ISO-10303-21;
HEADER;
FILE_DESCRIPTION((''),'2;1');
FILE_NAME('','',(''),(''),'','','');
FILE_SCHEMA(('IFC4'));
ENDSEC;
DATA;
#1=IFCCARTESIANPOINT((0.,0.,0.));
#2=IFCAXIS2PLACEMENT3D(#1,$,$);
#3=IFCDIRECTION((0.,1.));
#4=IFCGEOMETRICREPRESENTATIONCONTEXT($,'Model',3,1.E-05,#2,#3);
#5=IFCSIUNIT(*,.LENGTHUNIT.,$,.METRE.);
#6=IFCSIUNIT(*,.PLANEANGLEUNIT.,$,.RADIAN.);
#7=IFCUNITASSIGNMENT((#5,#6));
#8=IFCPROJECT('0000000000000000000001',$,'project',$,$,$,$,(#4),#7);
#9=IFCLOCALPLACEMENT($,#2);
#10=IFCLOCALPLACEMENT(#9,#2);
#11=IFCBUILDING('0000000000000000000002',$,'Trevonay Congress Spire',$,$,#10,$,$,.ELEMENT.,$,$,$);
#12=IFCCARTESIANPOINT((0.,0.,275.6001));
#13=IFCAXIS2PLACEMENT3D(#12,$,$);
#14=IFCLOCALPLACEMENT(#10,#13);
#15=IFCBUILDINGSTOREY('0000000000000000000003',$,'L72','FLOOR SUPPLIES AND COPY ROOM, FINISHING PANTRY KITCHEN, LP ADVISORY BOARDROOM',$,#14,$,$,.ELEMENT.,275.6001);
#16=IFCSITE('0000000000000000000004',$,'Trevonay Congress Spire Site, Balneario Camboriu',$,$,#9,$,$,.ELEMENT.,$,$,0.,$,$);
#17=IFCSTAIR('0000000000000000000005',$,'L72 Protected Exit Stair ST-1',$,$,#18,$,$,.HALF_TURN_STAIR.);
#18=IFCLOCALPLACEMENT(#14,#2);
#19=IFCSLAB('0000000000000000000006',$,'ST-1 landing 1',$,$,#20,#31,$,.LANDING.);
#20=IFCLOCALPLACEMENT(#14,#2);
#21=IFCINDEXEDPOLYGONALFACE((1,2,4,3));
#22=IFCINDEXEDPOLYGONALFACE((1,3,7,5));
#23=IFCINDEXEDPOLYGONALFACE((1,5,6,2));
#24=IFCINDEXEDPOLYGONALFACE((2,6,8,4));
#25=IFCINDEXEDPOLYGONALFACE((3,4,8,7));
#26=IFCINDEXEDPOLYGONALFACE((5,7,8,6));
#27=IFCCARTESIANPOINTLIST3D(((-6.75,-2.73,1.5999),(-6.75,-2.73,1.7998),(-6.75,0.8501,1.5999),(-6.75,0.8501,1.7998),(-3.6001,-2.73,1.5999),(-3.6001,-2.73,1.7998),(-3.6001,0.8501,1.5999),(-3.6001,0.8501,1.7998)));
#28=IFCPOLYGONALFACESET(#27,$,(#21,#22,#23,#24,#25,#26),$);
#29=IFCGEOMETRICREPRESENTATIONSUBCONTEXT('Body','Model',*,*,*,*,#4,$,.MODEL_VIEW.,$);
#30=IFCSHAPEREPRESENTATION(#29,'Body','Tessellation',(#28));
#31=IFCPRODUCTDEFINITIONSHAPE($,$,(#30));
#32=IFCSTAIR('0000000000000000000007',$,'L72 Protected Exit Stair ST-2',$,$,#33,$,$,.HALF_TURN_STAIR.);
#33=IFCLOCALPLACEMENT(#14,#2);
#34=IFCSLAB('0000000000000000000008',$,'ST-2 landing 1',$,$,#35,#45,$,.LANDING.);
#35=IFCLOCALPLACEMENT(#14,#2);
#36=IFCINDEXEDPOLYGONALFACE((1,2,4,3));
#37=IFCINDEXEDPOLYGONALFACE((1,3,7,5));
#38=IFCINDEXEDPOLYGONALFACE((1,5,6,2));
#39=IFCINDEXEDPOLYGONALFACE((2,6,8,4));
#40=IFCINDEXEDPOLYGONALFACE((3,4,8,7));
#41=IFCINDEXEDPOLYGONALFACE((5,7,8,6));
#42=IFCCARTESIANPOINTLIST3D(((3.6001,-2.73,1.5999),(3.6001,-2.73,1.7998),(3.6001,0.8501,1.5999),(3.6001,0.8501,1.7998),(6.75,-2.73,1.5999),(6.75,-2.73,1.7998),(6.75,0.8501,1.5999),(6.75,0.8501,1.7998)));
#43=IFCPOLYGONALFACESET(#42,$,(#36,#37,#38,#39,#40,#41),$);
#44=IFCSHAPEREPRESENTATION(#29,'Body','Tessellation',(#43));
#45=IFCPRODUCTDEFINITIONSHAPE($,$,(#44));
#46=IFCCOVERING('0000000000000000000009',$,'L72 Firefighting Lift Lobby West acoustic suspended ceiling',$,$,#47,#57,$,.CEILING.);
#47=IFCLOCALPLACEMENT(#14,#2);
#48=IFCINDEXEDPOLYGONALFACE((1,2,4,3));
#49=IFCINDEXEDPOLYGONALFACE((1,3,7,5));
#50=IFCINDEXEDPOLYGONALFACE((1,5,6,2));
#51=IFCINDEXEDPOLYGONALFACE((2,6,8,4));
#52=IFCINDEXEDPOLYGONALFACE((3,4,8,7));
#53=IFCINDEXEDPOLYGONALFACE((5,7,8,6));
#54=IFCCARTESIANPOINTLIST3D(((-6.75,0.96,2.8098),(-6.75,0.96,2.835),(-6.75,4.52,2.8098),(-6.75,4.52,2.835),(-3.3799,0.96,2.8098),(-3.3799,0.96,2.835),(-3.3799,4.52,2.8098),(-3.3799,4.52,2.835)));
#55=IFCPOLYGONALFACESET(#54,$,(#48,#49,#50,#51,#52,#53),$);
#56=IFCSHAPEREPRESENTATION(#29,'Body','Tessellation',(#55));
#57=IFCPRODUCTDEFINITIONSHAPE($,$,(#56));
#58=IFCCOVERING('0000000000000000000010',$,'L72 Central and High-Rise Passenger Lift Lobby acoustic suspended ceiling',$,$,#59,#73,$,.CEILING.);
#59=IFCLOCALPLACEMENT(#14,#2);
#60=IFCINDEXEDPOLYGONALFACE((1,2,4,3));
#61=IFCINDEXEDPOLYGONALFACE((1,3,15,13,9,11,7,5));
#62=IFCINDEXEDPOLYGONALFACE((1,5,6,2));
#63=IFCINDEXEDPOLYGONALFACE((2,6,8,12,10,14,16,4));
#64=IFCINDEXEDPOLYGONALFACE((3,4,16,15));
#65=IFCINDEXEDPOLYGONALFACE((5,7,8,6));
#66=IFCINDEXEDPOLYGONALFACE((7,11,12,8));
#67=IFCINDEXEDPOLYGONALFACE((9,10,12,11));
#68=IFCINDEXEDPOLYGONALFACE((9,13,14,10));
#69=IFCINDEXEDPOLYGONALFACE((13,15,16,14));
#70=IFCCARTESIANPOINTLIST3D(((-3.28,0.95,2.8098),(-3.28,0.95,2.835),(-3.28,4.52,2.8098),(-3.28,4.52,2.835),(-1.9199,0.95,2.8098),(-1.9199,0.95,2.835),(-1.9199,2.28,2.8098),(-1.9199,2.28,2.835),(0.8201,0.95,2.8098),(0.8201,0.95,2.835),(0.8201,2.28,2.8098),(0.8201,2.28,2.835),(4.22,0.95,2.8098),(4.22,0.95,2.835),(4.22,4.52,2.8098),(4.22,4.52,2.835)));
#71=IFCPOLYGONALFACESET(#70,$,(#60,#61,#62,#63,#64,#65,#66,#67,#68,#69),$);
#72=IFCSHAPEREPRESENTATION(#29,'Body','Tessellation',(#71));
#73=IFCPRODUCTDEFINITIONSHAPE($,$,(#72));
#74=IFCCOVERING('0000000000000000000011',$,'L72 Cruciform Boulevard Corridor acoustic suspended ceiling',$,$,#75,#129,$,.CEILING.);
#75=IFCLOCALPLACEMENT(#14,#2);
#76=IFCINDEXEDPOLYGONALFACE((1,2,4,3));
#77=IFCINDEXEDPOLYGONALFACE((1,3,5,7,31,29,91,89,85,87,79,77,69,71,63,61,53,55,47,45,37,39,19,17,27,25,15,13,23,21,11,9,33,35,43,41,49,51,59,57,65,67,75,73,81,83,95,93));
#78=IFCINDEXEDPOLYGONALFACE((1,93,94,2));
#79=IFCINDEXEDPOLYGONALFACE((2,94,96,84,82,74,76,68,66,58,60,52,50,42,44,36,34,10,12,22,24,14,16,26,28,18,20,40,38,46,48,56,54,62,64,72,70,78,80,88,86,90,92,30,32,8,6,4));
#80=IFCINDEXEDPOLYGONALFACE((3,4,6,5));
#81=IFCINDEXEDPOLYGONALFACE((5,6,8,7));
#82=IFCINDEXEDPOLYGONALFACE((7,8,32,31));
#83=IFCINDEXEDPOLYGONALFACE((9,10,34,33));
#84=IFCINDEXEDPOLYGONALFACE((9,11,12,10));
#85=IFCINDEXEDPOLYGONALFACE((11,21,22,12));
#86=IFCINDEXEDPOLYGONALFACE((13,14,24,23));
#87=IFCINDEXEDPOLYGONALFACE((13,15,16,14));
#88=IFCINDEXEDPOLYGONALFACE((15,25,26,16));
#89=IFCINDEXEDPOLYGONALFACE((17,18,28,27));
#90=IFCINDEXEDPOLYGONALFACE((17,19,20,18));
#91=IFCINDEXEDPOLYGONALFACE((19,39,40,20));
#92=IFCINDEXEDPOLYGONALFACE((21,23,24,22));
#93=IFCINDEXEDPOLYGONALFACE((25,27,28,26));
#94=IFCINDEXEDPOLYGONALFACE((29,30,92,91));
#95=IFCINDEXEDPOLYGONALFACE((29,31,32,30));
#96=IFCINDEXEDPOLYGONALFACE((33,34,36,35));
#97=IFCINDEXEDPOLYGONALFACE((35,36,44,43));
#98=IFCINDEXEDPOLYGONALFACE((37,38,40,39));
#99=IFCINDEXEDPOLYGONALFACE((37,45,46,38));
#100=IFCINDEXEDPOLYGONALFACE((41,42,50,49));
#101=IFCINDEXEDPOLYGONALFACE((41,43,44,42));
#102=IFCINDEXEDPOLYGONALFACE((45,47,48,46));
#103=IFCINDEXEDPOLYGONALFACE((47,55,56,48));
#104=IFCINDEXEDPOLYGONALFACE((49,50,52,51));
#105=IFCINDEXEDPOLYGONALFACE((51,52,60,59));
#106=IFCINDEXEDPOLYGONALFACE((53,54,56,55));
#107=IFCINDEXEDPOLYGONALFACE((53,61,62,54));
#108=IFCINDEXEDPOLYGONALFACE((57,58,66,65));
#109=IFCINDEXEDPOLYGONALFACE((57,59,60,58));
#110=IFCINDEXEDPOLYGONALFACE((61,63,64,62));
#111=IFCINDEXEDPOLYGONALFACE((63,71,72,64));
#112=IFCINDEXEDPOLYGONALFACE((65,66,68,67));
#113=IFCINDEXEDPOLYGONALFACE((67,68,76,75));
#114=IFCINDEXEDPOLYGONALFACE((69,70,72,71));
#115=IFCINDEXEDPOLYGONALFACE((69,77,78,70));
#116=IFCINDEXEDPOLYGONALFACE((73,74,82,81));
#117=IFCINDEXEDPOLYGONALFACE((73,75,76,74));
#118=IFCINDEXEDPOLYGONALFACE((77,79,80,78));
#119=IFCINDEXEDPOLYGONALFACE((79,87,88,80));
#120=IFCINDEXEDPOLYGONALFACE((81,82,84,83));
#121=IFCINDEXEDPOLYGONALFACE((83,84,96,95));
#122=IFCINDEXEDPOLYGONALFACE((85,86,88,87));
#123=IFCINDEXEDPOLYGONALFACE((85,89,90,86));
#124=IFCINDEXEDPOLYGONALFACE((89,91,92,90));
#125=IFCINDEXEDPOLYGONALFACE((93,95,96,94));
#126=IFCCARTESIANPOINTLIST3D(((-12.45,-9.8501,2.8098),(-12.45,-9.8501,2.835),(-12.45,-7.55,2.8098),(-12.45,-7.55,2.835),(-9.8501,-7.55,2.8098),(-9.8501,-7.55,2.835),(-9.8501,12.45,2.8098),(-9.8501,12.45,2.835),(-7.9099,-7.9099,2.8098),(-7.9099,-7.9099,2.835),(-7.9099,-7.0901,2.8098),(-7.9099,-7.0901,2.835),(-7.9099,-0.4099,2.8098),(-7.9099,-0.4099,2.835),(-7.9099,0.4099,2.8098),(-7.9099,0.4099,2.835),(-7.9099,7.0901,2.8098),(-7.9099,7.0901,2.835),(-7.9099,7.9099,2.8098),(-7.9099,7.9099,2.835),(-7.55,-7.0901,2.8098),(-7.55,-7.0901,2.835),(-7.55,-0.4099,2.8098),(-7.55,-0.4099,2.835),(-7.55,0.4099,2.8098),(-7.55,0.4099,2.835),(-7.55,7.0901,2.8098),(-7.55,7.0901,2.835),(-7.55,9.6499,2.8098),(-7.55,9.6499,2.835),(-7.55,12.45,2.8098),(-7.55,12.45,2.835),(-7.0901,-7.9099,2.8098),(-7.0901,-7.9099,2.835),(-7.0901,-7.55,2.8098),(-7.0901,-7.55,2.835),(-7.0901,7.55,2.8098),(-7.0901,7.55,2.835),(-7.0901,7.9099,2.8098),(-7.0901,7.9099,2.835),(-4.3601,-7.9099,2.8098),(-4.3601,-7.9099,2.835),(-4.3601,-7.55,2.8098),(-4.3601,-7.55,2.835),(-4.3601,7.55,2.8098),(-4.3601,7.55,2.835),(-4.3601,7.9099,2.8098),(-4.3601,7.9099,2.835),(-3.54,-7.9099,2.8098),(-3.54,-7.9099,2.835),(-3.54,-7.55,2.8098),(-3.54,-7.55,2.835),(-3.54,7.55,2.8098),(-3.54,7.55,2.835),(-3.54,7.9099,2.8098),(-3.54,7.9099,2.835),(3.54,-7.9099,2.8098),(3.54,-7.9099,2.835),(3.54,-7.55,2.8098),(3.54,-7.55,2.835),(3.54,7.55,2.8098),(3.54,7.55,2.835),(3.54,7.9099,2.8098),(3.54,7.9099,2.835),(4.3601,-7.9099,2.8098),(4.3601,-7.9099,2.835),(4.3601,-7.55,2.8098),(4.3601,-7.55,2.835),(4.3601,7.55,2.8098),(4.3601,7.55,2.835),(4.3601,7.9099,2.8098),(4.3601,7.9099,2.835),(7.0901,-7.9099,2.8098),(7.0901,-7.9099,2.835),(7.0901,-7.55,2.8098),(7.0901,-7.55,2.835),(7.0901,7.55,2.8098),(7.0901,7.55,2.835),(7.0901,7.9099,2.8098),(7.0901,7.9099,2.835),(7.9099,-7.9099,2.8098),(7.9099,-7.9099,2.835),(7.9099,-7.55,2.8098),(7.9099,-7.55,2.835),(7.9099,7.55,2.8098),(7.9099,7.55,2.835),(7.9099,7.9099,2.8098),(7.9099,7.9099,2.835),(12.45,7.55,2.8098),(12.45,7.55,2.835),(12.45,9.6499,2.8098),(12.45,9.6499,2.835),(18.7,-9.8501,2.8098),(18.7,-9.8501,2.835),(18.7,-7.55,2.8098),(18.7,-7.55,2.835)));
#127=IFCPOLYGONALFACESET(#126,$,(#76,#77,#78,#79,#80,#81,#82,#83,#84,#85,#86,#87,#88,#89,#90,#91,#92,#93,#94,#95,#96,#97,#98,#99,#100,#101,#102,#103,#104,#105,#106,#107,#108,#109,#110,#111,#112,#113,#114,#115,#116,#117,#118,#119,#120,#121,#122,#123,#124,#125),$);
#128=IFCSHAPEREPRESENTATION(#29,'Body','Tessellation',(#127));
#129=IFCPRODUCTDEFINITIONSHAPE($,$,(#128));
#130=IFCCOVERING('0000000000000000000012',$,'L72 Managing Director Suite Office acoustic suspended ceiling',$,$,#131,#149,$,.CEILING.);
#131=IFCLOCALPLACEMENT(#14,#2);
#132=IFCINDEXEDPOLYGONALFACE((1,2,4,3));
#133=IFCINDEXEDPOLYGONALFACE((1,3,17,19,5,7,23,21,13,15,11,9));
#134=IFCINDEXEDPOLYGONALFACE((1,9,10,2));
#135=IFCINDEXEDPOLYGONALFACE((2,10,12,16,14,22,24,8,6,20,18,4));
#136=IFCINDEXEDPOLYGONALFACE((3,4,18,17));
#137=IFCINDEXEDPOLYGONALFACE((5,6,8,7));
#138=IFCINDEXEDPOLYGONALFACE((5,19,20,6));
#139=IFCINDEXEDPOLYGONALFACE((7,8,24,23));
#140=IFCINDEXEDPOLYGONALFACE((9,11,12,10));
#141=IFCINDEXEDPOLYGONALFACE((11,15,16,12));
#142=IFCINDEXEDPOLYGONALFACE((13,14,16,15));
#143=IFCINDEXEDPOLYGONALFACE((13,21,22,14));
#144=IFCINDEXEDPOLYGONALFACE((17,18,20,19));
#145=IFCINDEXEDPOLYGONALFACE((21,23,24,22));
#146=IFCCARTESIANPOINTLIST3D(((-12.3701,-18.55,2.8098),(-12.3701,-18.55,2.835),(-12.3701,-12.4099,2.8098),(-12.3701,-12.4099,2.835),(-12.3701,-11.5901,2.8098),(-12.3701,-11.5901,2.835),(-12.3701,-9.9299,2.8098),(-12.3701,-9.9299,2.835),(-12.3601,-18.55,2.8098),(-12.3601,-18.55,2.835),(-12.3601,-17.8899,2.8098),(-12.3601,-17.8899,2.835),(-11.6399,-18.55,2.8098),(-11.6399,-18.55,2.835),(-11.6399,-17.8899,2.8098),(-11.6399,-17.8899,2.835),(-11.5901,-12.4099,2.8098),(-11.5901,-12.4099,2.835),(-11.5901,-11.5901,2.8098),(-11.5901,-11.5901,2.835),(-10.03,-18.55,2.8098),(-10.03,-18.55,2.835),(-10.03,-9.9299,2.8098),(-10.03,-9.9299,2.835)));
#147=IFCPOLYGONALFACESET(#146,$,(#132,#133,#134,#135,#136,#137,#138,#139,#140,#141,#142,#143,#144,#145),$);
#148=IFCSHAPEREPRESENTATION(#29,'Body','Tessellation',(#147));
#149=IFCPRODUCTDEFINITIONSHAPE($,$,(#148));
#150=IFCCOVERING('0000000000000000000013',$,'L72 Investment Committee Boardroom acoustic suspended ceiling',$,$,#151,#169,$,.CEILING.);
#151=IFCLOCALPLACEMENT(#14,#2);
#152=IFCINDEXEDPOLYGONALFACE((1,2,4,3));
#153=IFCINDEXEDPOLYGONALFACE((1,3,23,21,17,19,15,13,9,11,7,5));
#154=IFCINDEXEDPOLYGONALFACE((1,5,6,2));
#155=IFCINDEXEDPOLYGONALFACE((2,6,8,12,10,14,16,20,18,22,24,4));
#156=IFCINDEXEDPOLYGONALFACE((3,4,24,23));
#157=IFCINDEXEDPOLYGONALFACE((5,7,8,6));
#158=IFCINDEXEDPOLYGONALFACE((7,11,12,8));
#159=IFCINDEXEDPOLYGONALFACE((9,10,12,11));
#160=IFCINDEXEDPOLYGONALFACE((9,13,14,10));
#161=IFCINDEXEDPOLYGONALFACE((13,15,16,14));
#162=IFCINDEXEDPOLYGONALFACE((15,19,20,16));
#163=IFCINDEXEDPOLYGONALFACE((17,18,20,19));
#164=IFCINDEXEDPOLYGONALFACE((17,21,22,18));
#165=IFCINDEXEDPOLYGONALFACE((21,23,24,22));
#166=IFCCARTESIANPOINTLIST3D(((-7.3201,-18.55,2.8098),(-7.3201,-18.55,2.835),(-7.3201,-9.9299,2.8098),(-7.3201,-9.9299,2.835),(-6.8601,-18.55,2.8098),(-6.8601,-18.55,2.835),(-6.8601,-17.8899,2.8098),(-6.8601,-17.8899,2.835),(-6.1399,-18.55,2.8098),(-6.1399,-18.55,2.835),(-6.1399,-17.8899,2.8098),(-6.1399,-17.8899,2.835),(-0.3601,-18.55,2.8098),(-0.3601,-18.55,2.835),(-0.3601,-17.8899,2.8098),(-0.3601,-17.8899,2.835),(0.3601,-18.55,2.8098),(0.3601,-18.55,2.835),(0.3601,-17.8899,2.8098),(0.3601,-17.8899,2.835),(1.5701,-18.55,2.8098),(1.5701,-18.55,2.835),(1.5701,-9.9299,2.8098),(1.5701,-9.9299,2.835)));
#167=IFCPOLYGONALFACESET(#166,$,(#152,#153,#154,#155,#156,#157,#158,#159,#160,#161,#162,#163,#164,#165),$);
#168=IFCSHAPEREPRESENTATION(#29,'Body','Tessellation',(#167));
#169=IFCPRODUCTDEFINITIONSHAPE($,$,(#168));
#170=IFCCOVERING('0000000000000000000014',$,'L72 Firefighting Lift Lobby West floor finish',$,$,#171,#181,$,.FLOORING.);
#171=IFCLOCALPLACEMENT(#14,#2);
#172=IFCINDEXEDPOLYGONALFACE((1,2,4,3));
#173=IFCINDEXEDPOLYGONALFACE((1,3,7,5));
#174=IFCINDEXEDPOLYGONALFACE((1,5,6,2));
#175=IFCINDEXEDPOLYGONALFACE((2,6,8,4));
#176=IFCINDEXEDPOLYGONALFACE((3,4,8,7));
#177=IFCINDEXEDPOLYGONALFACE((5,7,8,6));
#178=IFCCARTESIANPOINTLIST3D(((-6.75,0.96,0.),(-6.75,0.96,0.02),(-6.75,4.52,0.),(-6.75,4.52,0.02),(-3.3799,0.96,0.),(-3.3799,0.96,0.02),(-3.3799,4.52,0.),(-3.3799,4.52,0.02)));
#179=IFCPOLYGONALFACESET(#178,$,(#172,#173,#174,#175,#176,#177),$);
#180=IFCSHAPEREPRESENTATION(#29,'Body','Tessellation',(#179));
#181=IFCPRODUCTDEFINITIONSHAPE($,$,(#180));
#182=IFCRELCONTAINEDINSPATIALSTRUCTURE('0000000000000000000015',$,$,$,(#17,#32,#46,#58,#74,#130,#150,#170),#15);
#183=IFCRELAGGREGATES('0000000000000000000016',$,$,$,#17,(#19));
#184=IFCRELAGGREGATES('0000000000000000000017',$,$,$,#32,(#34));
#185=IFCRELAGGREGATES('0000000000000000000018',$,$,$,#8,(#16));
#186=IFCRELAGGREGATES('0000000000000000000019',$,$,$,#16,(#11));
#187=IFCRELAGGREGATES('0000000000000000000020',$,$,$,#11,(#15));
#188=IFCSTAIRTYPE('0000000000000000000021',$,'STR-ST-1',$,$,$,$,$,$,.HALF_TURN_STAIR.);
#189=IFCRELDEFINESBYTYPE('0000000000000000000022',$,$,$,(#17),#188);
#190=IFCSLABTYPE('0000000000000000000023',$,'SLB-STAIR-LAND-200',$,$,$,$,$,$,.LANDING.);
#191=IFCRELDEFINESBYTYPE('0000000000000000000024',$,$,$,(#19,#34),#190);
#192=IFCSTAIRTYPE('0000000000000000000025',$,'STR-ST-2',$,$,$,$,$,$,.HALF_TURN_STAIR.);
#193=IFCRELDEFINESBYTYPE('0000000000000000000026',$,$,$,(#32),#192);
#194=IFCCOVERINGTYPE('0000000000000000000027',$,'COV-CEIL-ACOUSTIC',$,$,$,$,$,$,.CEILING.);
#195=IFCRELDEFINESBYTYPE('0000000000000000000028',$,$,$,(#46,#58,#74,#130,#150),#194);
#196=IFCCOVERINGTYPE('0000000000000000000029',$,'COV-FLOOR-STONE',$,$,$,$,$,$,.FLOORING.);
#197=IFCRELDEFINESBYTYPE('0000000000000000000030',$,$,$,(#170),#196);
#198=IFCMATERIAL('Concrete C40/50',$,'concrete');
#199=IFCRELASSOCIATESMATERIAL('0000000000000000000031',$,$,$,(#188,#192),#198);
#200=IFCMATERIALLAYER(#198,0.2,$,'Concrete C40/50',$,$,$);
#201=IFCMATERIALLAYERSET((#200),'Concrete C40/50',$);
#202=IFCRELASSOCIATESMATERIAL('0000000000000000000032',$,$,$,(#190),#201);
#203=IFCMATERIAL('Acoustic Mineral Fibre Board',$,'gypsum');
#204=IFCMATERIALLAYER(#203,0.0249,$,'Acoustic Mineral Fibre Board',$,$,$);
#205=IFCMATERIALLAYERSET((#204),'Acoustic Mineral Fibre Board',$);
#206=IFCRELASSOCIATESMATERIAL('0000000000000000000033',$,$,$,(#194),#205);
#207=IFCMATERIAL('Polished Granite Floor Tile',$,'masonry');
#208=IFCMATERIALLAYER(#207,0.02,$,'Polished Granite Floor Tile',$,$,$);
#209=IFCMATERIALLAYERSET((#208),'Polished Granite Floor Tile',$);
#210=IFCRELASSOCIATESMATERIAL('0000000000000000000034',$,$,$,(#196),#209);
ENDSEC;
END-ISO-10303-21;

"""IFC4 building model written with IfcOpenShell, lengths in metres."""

from ifc_helpers import new_model, si_unit, direction, frame, origin, place, context, subcontext, project, spatial, polyline, outline, extrude, material, layer, layer_set, type_object, element, aggregate, save


model = new_model("IFC4")

# Units and contexts
model_context = context("Model", 3, precision=1e-05, world=origin(), true_north=direction((0.0, 1.0)))
body_context = subcontext(model_context, "Body", "Model", "MODEL_VIEW")
ifc_project = project(units=[si_unit("LENGTHUNIT", "METRE"), si_unit("PLANEANGLEUNIT", "RADIAN")], contexts=[model_context])

# Site, building, storey
site_placement = place(None, origin())
site = spatial("IfcSite", under=ifc_project, at=site_placement, Name="Trevonay Congress Spire Site, Balneario Camboriu", CompositionType="ELEMENT", RefElevation=0.0)
building_placement = place(site_placement, origin())
building = spatial("IfcBuilding", under=site, at=building_placement, Name="Trevonay Congress Spire", CompositionType="ELEMENT")
storey_placement = place(building_placement, frame((0.0, 0.0, 275.6001)))
storey = spatial("IfcBuildingStorey", under=building, at=storey_placement, Name="L72", Description="FLOOR SUPPLIES AND COPY ROOM, FINISHING PANTRY KITCHEN, LP ADVISORY BOARDROOM", CompositionType="ELEMENT", Elevation=275.6001)

# Stairs, slabs
ifc_material_1 = material(Name="Concrete C40/50", Category="concrete")
stair_type_1 = type_object("IfcStairType", Name="STR-ST-1", PredefinedType="HALF_TURN_STAIR", material=ifc_material_1)
stair_1_placement = place(storey_placement, origin())
stair_1 = element("IfcStair", 1, at=stair_1_placement, inside=storey, type_object=stair_type_1, Name="L72 Protected Exit Stair ST-1", PredefinedType="HALF_TURN_STAIR")
ifc_layer_1 = layer(ifc_material_1, 0.2, Name="Concrete C40/50")
ifc_layer_set_1 = layer_set([ifc_layer_1], Name="Concrete C40/50")
slab_type = type_object("IfcSlabType", Name="SLB-STAIR-LAND-200", PredefinedType="LANDING", material=ifc_layer_set_1)
slab_1_placement = place(storey_placement, frame((0.0, 0.0, 1.5999)))
slab_1 = element("IfcSlab", 2, at=slab_1_placement, type_object=slab_type, Name="ST-1 landing 1", PredefinedType="LANDING", context=body_context, shape_type="SweptSolid", body=[
    extrude(outline(polyline([(-3.6001, -2.73), (-3.6001, 0.8501), (-6.75, 0.8501), (-6.75, -2.73), (-3.6001, -2.73)])), origin(), (0.0, 0.0, 1.0), 0.2),
])
aggregate(stair_1, [slab_1])
stair_type_2 = type_object("IfcStairType", Name="STR-ST-2", PredefinedType="HALF_TURN_STAIR", material=ifc_material_1)
stair_2_placement = place(storey_placement, origin())
stair_2 = element("IfcStair", 3, at=stair_2_placement, inside=storey, type_object=stair_type_2, Name="L72 Protected Exit Stair ST-2", PredefinedType="HALF_TURN_STAIR")
slab_2_placement = place(storey_placement, frame((0.0, 0.0, 1.5999)))
slab_2 = element("IfcSlab", 4, at=slab_2_placement, type_object=slab_type, Name="ST-2 landing 1", PredefinedType="LANDING", context=body_context, shape_type="SweptSolid", body=[
    extrude(outline(polyline([(6.75, -2.73), (6.75, 0.8501), (3.6001, 0.8501), (3.6001, -2.73), (6.75, -2.73)])), origin(), (0.0, 0.0, 1.0), 0.2),
])
aggregate(stair_2, [slab_2])

# Coverings
ifc_material_2 = material(Name="Acoustic Mineral Fibre Board", Category="gypsum")
ifc_layer_2 = layer(ifc_material_2, 0.0249, Name="Acoustic Mineral Fibre Board")
ifc_layer_set_2 = layer_set([ifc_layer_2], Name="Acoustic Mineral Fibre Board")
covering_type_1 = type_object("IfcCoveringType", Name="COV-CEIL-ACOUSTIC", PredefinedType="CEILING", material=ifc_layer_set_2)
covering_1_placement = place(storey_placement, frame((0.0, 0.0, 2.8098)))
element("IfcCovering", 5, at=covering_1_placement, inside=storey, type_object=covering_type_1, Name="L72 Firefighting Lift Lobby West acoustic suspended ceiling", PredefinedType="CEILING", context=body_context, shape_type="SweptSolid", body=[
    extrude(outline(polyline([(-6.75, 0.96), (-3.3799, 0.96), (-3.3799, 4.52), (-6.75, 4.52), (-6.75, 0.96)])), origin(), (0.0, 0.0, 1.0), 0.0251),
])
covering_2_placement = place(storey_placement, frame((0.0, 0.0, 2.8098)))
element("IfcCovering", 6, at=covering_2_placement, inside=storey, type_object=covering_type_1, Name="L72 Central and High-Rise Passenger Lift Lobby acoustic suspended ceiling", PredefinedType="CEILING", context=body_context, shape_type="SweptSolid", body=[
    extrude(outline(polyline([(-3.28, 0.95), (-1.9199, 0.95), (-1.9199, 2.28), (0.8201, 2.28), (0.8201, 0.95), (4.22, 0.95), (4.22, 4.52), (-3.28, 4.52), (-3.28, 0.95)])), origin(), (0.0, 0.0, 1.0), 0.0251),
])
covering_3_placement = place(storey_placement, frame((0.0, 0.0, 2.8098)))
element("IfcCovering", 7, at=covering_3_placement, inside=storey, type_object=covering_type_1, Name="L72 Cruciform Boulevard Corridor acoustic suspended ceiling", PredefinedType="CEILING", context=body_context, shape_type="SweptSolid", body=[
    extrude(outline(polyline([(18.7, -7.55), (18.7, -9.8501), (-12.45, -9.8501), (-12.45, -7.55), (-9.8501, -7.55), (-9.8501, 12.45), (-7.55, 12.45), (-7.55, 9.6499), (12.45, 9.6499), (12.45, 7.55), (7.9099, 7.55), (7.9099, 7.9099), (7.0901, 7.9099), (7.0901, 7.55), (4.3601, 7.55), (4.3601, 7.9099), (3.54, 7.9099), (3.54, 7.55), (-3.54, 7.55), (-3.54, 7.9099), (-4.3601, 7.9099), (-4.3601, 7.55), (-7.0901, 7.55), (-7.0901, 7.9099), (-7.9099, 7.9099), (-7.9099, 7.0901), (-7.55, 7.0901), (-7.55, 0.4099), (-7.9099, 0.4099), (-7.9099, -0.4099), (-7.55, -0.4099), (-7.55, -7.0901), (-7.9099, -7.0901), (-7.9099, -7.9099), (-7.0901, -7.9099), (-7.0901, -7.55), (-4.3601, -7.55), (-4.3601, -7.9099), (-3.54, -7.9099), (-3.54, -7.55), (3.54, -7.55), (3.54, -7.9099), (4.3601, -7.9099), (4.3601, -7.55), (7.0901, -7.55), (7.0901, -7.9099), (7.9099, -7.9099), (7.9099, -7.55), (18.7, -7.55)])), origin(), (0.0, 0.0, 1.0), 0.0251),
])
covering_4_placement = place(storey_placement, frame((0.0, 0.0, 2.8098)))
element("IfcCovering", 8, at=covering_4_placement, inside=storey, type_object=covering_type_1, Name="L72 Managing Director Suite Office acoustic suspended ceiling", PredefinedType="CEILING", context=body_context, shape_type="SweptSolid", body=[
    extrude(outline(polyline([(-12.3701, -18.55), (-12.3701, -12.4099), (-11.5901, -12.4099), (-11.5901, -11.5901), (-12.3701, -11.5901), (-12.3701, -9.9299), (-10.03, -9.9299), (-10.03, -18.55), (-11.6399, -18.55), (-11.6399, -17.8899), (-12.3601, -17.8899), (-12.3601, -18.55), (-12.3701, -18.55)])), origin(), (0.0, 0.0, 1.0), 0.0251),
])
covering_5_placement = place(storey_placement, frame((0.0, 0.0, 2.8098)))
element("IfcCovering", 9, at=covering_5_placement, inside=storey, type_object=covering_type_1, Name="L72 Investment Committee Boardroom acoustic suspended ceiling", PredefinedType="CEILING", context=body_context, shape_type="SweptSolid", body=[
    extrude(outline(polyline([(-7.3201, -18.55), (-7.3201, -9.9299), (1.5701, -9.9299), (1.5701, -18.55), (0.3601, -18.55), (0.3601, -17.8899), (-0.3601, -17.8899), (-0.3601, -18.55), (-6.1399, -18.55), (-6.1399, -17.8899), (-6.8601, -17.8899), (-6.8601, -18.55), (-7.3201, -18.55)])), origin(), (0.0, 0.0, 1.0), 0.0251),
])
ifc_material_3 = material(Name="Polished Granite Floor Tile", Category="masonry")
ifc_layer_3 = layer(ifc_material_3, 0.02, Name="Polished Granite Floor Tile")
ifc_layer_set_3 = layer_set([ifc_layer_3], Name="Polished Granite Floor Tile")
covering_type_2 = type_object("IfcCoveringType", Name="COV-FLOOR-STONE", PredefinedType="FLOORING", material=ifc_layer_set_3)
covering_6_placement = place(storey_placement, origin())
element("IfcCovering", 10, at=covering_6_placement, inside=storey, type_object=covering_type_2, Name="L72 Firefighting Lift Lobby West floor finish", PredefinedType="FLOORING", context=body_context, shape_type="SweptSolid", body=[
    extrude(outline(polyline([(-6.75, 0.96), (-3.3799, 0.96), (-3.3799, 4.52), (-6.75, 4.52), (-6.75, 0.96)])), origin(), (0.0, 0.0, 1.0), 0.02),
])

save(model, "model.ifc")
